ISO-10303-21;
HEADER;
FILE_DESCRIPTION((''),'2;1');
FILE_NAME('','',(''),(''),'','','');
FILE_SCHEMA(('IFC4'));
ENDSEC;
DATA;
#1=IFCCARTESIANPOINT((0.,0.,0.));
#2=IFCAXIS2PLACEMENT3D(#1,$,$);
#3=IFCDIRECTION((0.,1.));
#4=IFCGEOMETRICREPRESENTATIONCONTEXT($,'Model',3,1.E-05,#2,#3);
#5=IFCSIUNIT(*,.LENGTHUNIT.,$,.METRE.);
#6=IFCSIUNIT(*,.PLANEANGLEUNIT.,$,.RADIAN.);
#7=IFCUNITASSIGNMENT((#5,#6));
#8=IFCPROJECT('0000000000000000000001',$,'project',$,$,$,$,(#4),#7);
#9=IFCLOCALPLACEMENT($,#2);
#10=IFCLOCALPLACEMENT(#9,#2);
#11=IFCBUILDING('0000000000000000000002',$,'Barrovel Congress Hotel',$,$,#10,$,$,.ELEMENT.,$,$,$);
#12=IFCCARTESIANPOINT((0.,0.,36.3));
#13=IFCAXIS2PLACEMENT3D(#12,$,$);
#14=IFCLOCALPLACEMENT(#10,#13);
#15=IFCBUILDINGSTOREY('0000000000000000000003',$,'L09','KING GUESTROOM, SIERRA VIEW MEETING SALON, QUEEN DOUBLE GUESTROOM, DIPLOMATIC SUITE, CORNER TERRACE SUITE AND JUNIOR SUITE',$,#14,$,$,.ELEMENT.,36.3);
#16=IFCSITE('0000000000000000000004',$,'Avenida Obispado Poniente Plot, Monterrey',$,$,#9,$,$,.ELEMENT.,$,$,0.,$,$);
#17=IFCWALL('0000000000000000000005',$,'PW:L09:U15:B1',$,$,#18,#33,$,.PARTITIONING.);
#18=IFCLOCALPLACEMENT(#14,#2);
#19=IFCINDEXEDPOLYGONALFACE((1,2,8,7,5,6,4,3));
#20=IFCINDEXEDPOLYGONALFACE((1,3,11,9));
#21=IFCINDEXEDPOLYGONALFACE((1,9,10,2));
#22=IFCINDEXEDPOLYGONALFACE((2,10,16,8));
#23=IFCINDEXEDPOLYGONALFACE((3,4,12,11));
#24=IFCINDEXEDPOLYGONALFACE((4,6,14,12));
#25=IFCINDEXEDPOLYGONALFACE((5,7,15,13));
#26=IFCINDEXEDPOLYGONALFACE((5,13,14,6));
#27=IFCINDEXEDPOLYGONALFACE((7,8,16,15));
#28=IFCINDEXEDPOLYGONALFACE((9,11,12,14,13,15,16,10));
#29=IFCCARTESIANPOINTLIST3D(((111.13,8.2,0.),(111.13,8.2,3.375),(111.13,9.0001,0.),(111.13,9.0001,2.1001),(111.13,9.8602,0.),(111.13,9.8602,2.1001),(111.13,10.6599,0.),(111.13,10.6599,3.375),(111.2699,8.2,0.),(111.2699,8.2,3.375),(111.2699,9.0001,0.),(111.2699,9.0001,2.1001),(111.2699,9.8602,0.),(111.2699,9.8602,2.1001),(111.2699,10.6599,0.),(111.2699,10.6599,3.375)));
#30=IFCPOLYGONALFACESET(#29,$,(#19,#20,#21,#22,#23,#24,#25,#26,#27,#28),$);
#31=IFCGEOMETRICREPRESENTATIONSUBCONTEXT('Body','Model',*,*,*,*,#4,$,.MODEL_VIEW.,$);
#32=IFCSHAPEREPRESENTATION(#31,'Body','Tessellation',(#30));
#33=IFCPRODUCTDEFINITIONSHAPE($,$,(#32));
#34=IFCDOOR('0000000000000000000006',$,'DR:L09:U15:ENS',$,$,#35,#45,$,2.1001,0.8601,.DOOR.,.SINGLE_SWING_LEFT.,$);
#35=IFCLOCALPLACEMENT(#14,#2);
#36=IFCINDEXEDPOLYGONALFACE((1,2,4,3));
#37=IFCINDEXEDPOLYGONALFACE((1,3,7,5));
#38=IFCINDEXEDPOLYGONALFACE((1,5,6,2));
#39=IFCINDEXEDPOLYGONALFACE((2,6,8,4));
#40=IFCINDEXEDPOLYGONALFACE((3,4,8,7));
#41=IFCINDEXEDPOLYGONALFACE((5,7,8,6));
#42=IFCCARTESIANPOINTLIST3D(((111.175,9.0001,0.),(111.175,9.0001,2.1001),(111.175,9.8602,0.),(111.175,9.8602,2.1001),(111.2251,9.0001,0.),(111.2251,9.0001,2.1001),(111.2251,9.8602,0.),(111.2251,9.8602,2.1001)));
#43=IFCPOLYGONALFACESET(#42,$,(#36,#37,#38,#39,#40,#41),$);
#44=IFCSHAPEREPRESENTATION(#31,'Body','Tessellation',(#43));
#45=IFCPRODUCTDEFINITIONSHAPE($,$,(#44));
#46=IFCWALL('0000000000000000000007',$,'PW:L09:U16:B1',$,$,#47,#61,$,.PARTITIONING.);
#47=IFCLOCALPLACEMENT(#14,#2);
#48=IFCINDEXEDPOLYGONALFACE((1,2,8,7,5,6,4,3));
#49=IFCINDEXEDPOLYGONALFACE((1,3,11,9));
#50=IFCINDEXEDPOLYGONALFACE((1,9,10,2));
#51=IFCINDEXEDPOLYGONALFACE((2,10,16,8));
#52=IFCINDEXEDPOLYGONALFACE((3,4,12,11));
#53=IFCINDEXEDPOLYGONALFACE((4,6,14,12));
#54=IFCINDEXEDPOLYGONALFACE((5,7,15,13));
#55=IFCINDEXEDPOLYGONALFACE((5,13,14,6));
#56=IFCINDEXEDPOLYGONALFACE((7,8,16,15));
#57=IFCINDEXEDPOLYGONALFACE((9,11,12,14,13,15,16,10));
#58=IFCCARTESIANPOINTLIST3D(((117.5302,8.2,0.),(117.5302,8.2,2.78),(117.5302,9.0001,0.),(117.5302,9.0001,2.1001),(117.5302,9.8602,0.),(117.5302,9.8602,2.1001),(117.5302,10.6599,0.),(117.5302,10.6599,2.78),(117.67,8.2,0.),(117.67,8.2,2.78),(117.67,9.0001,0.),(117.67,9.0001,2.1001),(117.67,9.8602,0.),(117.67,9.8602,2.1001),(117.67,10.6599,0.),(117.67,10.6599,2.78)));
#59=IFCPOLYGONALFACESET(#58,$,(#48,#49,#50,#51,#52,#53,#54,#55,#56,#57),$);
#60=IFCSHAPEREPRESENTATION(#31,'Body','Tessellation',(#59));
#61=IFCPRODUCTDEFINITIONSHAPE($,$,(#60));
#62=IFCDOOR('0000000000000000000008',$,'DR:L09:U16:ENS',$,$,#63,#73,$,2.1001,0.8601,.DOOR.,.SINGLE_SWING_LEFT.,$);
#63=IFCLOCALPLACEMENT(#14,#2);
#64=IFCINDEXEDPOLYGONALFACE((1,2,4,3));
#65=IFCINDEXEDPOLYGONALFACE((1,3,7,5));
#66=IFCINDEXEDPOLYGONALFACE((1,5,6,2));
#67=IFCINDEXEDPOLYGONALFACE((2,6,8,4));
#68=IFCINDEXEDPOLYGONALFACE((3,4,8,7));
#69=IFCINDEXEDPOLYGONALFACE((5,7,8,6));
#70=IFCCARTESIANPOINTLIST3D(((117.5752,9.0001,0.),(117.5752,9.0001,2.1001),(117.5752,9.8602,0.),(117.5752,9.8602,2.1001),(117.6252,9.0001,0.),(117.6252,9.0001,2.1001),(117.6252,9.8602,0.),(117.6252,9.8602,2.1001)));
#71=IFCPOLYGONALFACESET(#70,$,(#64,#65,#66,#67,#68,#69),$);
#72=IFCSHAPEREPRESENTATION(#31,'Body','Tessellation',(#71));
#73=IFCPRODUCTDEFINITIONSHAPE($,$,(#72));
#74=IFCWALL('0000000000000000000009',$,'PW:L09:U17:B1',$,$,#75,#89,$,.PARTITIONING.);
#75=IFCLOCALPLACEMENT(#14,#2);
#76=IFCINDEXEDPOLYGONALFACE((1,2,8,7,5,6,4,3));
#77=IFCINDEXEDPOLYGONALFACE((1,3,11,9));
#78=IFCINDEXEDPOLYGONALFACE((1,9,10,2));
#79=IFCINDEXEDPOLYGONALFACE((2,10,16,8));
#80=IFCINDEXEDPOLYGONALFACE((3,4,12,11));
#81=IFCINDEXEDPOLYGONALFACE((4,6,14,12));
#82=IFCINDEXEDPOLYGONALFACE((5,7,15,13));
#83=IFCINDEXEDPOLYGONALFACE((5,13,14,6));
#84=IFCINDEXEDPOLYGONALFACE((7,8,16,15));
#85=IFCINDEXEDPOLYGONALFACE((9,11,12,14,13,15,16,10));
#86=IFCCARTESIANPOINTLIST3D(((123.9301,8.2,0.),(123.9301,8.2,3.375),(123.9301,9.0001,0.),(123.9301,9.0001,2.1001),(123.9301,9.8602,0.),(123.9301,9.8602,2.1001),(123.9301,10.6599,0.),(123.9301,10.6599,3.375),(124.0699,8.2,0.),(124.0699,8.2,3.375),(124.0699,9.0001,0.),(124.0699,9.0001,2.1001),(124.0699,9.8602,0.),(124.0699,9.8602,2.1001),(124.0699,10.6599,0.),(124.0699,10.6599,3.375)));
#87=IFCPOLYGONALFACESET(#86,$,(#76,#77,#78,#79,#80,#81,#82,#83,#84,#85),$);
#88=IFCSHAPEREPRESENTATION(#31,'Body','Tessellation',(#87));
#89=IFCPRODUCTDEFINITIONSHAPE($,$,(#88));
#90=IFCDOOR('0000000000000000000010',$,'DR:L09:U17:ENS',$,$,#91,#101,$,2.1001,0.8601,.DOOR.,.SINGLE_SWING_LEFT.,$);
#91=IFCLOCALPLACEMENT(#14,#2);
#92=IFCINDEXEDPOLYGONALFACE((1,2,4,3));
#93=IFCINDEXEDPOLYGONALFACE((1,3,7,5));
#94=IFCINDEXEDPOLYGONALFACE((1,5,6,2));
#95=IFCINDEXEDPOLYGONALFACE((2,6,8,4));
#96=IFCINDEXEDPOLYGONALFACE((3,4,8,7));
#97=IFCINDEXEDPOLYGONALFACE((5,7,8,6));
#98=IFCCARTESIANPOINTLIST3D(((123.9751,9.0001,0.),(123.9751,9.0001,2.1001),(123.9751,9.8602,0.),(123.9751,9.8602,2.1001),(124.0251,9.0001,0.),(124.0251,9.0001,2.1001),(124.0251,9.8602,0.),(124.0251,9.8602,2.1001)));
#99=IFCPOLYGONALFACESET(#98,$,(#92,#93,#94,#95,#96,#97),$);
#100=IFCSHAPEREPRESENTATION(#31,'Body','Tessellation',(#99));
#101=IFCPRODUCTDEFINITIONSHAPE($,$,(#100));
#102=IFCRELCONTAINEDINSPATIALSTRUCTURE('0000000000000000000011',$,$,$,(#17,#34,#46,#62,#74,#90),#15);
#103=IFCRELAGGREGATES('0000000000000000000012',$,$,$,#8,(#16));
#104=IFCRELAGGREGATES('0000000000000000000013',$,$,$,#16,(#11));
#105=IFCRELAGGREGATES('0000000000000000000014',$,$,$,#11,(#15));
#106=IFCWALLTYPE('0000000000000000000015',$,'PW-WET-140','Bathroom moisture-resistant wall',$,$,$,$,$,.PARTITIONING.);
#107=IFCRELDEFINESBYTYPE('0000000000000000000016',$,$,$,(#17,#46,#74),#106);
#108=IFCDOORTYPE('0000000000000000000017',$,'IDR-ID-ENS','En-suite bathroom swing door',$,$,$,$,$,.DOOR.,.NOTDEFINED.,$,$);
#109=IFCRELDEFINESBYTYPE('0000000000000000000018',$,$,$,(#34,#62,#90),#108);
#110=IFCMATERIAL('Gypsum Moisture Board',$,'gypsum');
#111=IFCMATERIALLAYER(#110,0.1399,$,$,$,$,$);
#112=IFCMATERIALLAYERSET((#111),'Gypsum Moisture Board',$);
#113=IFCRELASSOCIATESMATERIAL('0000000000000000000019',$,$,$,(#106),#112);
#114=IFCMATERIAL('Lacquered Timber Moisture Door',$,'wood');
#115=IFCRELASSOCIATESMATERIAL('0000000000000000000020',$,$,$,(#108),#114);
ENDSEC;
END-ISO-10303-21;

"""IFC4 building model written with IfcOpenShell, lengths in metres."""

from ifc_helpers import new_model, si_unit, direction, frame, frame_2d, origin, place, context, subcontext, project, spatial, rectangle, extrude, material, layer, layer_set, type_object, element, fill, save


model = new_model("IFC4")

# Units and contexts
model_context = context("Model", 3, precision=1e-05, world=origin(), true_north=direction((0.0, 1.0)))
body_context = subcontext(model_context, "Body", "Model", "MODEL_VIEW")
ifc_project = project(units=[si_unit("LENGTHUNIT", "METRE"), si_unit("PLANEANGLEUNIT", "RADIAN")], contexts=[model_context])

# Site, building, storey
site_placement = place(None, origin())
site = spatial("IfcSite", under=ifc_project, at=site_placement, Name="Avenida Obispado Poniente Plot, Monterrey", CompositionType="ELEMENT", RefElevation=0.0)
building_placement = place(site_placement, origin())
building = spatial("IfcBuilding", under=site, at=building_placement, Name="Barrovel Congress Hotel", CompositionType="ELEMENT")
storey_placement = place(building_placement, frame((0.0, 0.0, 36.3)))
storey = spatial("IfcBuildingStorey", under=building, at=storey_placement, Name="L09", Description="KING GUESTROOM, SIERRA VIEW MEETING SALON, QUEEN DOUBLE GUESTROOM, DIPLOMATIC SUITE, CORNER TERRACE SUITE AND JUNIOR SUITE", CompositionType="ELEMENT", Elevation=36.3)

# Walls, openings, doors
ifc_material_1 = material(Name="Gypsum Moisture Board", Category="gypsum")
ifc_layer_1 = layer(ifc_material_1, 0.1399)
ifc_layer_set_1 = layer_set([ifc_layer_1], Name="Gypsum Moisture Board")
wall_type_1 = type_object("IfcWallType", Name="PW-WET-140", Description="Bathroom moisture-resistant wall", PredefinedType="PARTITIONING", material=ifc_layer_set_1)
wall_1_placement = place(storey_placement, frame((111.2, 8.2, 0.0), z_axis=(0.0, 0.0, 1.0), x_axis=(0.0, 1.0, 0.0)))
wall_1 = element("IfcWall", 1, at=wall_1_placement, inside=storey, type_object=wall_type_1, Name="PW:L09:U15:B1", PredefinedType="PARTITIONING", context=body_context, shape_type="SweptSolid", body=[
    extrude(rectangle(XDim=2.46, YDim=0.1399, at=frame_2d((1.23, 0.0))), origin(), (0.0, 0.0, 1.0), 3.375),
])
opening_1_placement = place(wall_1_placement, frame((0.8, 0.0, 0.0)))
opening_1 = element("IfcOpeningElement", 2, at=opening_1_placement, cuts=wall_1, PredefinedType="OPENING", context=body_context, shape_type="SweptSolid", body=[
    extrude(rectangle(XDim=0.8601, YDim=2.1001, at=frame_2d((0.4302, 1.05))), frame((0.0, 0.0801, 0.0), z_axis=(0.0, -1.0, 0.0), x_axis=(1.0, 0.0, 0.0)), (0.0, 0.0, 1.0), 0.1599),
])
ifc_material_2 = material(Name="Lacquered Timber Moisture Door", Category="wood")
door_type_1 = type_object("IfcDoorType", Name="IDR-ID-ENS", Description="En-suite bathroom swing door", OperationType="NOTDEFINED", PredefinedType="DOOR", material=ifc_material_2)
door_1_placement = place(opening_1_placement, origin())
door_1 = element("IfcDoor", 3, at=door_1_placement, inside=storey, type_object=door_type_1, Name="DR:L09:U15:ENS", OperationType="SINGLE_SWING_LEFT", OverallHeight=2.1001, OverallWidth=0.8601, PredefinedType="DOOR", context=body_context, shape_type="SweptSolid", body=[
    extrude(rectangle(XDim=0.8601, YDim=2.1001, at=frame_2d((0.4302, 1.05))), frame((0.0, 0.0249, 0.0), z_axis=(0.0, -1.0, 0.0), x_axis=(1.0, 0.0, 0.0)), (0.0, 0.0, 1.0), 0.05),
])
fill(opening_1, door_1)
wall_2_placement = place(storey_placement, frame((117.6001, 8.2, 0.0), z_axis=(0.0, 0.0, 1.0), x_axis=(0.0, 1.0, 0.0)))
wall_2 = element("IfcWall", 4, at=wall_2_placement, inside=storey, type_object=wall_type_1, Name="PW:L09:U16:B1", PredefinedType="PARTITIONING", context=body_context, shape_type="SweptSolid", body=[
    extrude(rectangle(XDim=2.46, YDim=0.1399, at=frame_2d((1.23, 0.0))), origin(), (0.0, 0.0, 1.0), 2.78),
])
opening_2_placement = place(wall_2_placement, frame((0.8, 0.0, 0.0)))
opening_2 = element("IfcOpeningElement", 5, at=opening_2_placement, cuts=wall_2, PredefinedType="OPENING", context=body_context, shape_type="SweptSolid", body=[
    extrude(rectangle(XDim=0.8601, YDim=2.1001, at=frame_2d((0.4302, 1.05))), frame((0.0, 0.0801, 0.0), z_axis=(0.0, -1.0, 0.0), x_axis=(1.0, 0.0, 0.0)), (0.0, 0.0, 1.0), 0.1599),
])
door_2_placement = place(opening_2_placement, origin())
door_2 = element("IfcDoor", 6, at=door_2_placement, inside=storey, type_object=door_type_1, Name="DR:L09:U16:ENS", OperationType="SINGLE_SWING_LEFT", OverallHeight=2.1001, OverallWidth=0.8601, PredefinedType="DOOR", context=body_context, shape_type="SweptSolid", body=[
    extrude(rectangle(XDim=0.8601, YDim=2.1001, at=frame_2d((0.4302, 1.05))), frame((0.0, 0.0249, 0.0), z_axis=(0.0, -1.0, 0.0), x_axis=(1.0, 0.0, 0.0)), (0.0, 0.0, 1.0), 0.05),
])
fill(opening_2, door_2)
wall_3_placement = place(storey_placement, frame((124.0, 8.2, 0.0), z_axis=(0.0, 0.0, 1.0), x_axis=(0.0, 1.0, 0.0)))
wall_3 = element("IfcWall", 7, at=wall_3_placement, inside=storey, type_object=wall_type_1, Name="PW:L09:U17:B1", PredefinedType="PARTITIONING", context=body_context, shape_type="SweptSolid", body=[
    extrude(rectangle(XDim=2.46, YDim=0.1399, at=frame_2d((1.23, 0.0))), origin(), (0.0, 0.0, 1.0), 3.375),
])
opening_3_placement = place(wall_3_placement, frame((0.8, 0.0, 0.0)))
opening_3 = element("IfcOpeningElement", 8, at=opening_3_placement, cuts=wall_3, PredefinedType="OPENING", context=body_context, shape_type="SweptSolid", body=[
    extrude(rectangle(XDim=0.8601, YDim=2.1001, at=frame_2d((0.4302, 1.05))), frame((0.0, 0.0801, 0.0), z_axis=(0.0, -1.0, 0.0), x_axis=(1.0, 0.0, 0.0)), (0.0, 0.0, 1.0), 0.1599),
])
door_3_placement = place(opening_3_placement, origin())
door_3 = element("IfcDoor", 9, at=door_3_placement, inside=storey, type_object=door_type_1, Name="DR:L09:U17:ENS", OperationType="SINGLE_SWING_LEFT", OverallHeight=2.1001, OverallWidth=0.8601, PredefinedType="DOOR", context=body_context, shape_type="SweptSolid", body=[
    extrude(rectangle(XDim=0.8601, YDim=2.1001, at=frame_2d((0.4302, 1.05))), frame((0.0, 0.0249, 0.0), z_axis=(0.0, -1.0, 0.0), x_axis=(1.0, 0.0, 0.0)), (0.0, 0.0, 1.0), 0.05),
])
fill(opening_3, door_3)

save(model, "model.ifc")
